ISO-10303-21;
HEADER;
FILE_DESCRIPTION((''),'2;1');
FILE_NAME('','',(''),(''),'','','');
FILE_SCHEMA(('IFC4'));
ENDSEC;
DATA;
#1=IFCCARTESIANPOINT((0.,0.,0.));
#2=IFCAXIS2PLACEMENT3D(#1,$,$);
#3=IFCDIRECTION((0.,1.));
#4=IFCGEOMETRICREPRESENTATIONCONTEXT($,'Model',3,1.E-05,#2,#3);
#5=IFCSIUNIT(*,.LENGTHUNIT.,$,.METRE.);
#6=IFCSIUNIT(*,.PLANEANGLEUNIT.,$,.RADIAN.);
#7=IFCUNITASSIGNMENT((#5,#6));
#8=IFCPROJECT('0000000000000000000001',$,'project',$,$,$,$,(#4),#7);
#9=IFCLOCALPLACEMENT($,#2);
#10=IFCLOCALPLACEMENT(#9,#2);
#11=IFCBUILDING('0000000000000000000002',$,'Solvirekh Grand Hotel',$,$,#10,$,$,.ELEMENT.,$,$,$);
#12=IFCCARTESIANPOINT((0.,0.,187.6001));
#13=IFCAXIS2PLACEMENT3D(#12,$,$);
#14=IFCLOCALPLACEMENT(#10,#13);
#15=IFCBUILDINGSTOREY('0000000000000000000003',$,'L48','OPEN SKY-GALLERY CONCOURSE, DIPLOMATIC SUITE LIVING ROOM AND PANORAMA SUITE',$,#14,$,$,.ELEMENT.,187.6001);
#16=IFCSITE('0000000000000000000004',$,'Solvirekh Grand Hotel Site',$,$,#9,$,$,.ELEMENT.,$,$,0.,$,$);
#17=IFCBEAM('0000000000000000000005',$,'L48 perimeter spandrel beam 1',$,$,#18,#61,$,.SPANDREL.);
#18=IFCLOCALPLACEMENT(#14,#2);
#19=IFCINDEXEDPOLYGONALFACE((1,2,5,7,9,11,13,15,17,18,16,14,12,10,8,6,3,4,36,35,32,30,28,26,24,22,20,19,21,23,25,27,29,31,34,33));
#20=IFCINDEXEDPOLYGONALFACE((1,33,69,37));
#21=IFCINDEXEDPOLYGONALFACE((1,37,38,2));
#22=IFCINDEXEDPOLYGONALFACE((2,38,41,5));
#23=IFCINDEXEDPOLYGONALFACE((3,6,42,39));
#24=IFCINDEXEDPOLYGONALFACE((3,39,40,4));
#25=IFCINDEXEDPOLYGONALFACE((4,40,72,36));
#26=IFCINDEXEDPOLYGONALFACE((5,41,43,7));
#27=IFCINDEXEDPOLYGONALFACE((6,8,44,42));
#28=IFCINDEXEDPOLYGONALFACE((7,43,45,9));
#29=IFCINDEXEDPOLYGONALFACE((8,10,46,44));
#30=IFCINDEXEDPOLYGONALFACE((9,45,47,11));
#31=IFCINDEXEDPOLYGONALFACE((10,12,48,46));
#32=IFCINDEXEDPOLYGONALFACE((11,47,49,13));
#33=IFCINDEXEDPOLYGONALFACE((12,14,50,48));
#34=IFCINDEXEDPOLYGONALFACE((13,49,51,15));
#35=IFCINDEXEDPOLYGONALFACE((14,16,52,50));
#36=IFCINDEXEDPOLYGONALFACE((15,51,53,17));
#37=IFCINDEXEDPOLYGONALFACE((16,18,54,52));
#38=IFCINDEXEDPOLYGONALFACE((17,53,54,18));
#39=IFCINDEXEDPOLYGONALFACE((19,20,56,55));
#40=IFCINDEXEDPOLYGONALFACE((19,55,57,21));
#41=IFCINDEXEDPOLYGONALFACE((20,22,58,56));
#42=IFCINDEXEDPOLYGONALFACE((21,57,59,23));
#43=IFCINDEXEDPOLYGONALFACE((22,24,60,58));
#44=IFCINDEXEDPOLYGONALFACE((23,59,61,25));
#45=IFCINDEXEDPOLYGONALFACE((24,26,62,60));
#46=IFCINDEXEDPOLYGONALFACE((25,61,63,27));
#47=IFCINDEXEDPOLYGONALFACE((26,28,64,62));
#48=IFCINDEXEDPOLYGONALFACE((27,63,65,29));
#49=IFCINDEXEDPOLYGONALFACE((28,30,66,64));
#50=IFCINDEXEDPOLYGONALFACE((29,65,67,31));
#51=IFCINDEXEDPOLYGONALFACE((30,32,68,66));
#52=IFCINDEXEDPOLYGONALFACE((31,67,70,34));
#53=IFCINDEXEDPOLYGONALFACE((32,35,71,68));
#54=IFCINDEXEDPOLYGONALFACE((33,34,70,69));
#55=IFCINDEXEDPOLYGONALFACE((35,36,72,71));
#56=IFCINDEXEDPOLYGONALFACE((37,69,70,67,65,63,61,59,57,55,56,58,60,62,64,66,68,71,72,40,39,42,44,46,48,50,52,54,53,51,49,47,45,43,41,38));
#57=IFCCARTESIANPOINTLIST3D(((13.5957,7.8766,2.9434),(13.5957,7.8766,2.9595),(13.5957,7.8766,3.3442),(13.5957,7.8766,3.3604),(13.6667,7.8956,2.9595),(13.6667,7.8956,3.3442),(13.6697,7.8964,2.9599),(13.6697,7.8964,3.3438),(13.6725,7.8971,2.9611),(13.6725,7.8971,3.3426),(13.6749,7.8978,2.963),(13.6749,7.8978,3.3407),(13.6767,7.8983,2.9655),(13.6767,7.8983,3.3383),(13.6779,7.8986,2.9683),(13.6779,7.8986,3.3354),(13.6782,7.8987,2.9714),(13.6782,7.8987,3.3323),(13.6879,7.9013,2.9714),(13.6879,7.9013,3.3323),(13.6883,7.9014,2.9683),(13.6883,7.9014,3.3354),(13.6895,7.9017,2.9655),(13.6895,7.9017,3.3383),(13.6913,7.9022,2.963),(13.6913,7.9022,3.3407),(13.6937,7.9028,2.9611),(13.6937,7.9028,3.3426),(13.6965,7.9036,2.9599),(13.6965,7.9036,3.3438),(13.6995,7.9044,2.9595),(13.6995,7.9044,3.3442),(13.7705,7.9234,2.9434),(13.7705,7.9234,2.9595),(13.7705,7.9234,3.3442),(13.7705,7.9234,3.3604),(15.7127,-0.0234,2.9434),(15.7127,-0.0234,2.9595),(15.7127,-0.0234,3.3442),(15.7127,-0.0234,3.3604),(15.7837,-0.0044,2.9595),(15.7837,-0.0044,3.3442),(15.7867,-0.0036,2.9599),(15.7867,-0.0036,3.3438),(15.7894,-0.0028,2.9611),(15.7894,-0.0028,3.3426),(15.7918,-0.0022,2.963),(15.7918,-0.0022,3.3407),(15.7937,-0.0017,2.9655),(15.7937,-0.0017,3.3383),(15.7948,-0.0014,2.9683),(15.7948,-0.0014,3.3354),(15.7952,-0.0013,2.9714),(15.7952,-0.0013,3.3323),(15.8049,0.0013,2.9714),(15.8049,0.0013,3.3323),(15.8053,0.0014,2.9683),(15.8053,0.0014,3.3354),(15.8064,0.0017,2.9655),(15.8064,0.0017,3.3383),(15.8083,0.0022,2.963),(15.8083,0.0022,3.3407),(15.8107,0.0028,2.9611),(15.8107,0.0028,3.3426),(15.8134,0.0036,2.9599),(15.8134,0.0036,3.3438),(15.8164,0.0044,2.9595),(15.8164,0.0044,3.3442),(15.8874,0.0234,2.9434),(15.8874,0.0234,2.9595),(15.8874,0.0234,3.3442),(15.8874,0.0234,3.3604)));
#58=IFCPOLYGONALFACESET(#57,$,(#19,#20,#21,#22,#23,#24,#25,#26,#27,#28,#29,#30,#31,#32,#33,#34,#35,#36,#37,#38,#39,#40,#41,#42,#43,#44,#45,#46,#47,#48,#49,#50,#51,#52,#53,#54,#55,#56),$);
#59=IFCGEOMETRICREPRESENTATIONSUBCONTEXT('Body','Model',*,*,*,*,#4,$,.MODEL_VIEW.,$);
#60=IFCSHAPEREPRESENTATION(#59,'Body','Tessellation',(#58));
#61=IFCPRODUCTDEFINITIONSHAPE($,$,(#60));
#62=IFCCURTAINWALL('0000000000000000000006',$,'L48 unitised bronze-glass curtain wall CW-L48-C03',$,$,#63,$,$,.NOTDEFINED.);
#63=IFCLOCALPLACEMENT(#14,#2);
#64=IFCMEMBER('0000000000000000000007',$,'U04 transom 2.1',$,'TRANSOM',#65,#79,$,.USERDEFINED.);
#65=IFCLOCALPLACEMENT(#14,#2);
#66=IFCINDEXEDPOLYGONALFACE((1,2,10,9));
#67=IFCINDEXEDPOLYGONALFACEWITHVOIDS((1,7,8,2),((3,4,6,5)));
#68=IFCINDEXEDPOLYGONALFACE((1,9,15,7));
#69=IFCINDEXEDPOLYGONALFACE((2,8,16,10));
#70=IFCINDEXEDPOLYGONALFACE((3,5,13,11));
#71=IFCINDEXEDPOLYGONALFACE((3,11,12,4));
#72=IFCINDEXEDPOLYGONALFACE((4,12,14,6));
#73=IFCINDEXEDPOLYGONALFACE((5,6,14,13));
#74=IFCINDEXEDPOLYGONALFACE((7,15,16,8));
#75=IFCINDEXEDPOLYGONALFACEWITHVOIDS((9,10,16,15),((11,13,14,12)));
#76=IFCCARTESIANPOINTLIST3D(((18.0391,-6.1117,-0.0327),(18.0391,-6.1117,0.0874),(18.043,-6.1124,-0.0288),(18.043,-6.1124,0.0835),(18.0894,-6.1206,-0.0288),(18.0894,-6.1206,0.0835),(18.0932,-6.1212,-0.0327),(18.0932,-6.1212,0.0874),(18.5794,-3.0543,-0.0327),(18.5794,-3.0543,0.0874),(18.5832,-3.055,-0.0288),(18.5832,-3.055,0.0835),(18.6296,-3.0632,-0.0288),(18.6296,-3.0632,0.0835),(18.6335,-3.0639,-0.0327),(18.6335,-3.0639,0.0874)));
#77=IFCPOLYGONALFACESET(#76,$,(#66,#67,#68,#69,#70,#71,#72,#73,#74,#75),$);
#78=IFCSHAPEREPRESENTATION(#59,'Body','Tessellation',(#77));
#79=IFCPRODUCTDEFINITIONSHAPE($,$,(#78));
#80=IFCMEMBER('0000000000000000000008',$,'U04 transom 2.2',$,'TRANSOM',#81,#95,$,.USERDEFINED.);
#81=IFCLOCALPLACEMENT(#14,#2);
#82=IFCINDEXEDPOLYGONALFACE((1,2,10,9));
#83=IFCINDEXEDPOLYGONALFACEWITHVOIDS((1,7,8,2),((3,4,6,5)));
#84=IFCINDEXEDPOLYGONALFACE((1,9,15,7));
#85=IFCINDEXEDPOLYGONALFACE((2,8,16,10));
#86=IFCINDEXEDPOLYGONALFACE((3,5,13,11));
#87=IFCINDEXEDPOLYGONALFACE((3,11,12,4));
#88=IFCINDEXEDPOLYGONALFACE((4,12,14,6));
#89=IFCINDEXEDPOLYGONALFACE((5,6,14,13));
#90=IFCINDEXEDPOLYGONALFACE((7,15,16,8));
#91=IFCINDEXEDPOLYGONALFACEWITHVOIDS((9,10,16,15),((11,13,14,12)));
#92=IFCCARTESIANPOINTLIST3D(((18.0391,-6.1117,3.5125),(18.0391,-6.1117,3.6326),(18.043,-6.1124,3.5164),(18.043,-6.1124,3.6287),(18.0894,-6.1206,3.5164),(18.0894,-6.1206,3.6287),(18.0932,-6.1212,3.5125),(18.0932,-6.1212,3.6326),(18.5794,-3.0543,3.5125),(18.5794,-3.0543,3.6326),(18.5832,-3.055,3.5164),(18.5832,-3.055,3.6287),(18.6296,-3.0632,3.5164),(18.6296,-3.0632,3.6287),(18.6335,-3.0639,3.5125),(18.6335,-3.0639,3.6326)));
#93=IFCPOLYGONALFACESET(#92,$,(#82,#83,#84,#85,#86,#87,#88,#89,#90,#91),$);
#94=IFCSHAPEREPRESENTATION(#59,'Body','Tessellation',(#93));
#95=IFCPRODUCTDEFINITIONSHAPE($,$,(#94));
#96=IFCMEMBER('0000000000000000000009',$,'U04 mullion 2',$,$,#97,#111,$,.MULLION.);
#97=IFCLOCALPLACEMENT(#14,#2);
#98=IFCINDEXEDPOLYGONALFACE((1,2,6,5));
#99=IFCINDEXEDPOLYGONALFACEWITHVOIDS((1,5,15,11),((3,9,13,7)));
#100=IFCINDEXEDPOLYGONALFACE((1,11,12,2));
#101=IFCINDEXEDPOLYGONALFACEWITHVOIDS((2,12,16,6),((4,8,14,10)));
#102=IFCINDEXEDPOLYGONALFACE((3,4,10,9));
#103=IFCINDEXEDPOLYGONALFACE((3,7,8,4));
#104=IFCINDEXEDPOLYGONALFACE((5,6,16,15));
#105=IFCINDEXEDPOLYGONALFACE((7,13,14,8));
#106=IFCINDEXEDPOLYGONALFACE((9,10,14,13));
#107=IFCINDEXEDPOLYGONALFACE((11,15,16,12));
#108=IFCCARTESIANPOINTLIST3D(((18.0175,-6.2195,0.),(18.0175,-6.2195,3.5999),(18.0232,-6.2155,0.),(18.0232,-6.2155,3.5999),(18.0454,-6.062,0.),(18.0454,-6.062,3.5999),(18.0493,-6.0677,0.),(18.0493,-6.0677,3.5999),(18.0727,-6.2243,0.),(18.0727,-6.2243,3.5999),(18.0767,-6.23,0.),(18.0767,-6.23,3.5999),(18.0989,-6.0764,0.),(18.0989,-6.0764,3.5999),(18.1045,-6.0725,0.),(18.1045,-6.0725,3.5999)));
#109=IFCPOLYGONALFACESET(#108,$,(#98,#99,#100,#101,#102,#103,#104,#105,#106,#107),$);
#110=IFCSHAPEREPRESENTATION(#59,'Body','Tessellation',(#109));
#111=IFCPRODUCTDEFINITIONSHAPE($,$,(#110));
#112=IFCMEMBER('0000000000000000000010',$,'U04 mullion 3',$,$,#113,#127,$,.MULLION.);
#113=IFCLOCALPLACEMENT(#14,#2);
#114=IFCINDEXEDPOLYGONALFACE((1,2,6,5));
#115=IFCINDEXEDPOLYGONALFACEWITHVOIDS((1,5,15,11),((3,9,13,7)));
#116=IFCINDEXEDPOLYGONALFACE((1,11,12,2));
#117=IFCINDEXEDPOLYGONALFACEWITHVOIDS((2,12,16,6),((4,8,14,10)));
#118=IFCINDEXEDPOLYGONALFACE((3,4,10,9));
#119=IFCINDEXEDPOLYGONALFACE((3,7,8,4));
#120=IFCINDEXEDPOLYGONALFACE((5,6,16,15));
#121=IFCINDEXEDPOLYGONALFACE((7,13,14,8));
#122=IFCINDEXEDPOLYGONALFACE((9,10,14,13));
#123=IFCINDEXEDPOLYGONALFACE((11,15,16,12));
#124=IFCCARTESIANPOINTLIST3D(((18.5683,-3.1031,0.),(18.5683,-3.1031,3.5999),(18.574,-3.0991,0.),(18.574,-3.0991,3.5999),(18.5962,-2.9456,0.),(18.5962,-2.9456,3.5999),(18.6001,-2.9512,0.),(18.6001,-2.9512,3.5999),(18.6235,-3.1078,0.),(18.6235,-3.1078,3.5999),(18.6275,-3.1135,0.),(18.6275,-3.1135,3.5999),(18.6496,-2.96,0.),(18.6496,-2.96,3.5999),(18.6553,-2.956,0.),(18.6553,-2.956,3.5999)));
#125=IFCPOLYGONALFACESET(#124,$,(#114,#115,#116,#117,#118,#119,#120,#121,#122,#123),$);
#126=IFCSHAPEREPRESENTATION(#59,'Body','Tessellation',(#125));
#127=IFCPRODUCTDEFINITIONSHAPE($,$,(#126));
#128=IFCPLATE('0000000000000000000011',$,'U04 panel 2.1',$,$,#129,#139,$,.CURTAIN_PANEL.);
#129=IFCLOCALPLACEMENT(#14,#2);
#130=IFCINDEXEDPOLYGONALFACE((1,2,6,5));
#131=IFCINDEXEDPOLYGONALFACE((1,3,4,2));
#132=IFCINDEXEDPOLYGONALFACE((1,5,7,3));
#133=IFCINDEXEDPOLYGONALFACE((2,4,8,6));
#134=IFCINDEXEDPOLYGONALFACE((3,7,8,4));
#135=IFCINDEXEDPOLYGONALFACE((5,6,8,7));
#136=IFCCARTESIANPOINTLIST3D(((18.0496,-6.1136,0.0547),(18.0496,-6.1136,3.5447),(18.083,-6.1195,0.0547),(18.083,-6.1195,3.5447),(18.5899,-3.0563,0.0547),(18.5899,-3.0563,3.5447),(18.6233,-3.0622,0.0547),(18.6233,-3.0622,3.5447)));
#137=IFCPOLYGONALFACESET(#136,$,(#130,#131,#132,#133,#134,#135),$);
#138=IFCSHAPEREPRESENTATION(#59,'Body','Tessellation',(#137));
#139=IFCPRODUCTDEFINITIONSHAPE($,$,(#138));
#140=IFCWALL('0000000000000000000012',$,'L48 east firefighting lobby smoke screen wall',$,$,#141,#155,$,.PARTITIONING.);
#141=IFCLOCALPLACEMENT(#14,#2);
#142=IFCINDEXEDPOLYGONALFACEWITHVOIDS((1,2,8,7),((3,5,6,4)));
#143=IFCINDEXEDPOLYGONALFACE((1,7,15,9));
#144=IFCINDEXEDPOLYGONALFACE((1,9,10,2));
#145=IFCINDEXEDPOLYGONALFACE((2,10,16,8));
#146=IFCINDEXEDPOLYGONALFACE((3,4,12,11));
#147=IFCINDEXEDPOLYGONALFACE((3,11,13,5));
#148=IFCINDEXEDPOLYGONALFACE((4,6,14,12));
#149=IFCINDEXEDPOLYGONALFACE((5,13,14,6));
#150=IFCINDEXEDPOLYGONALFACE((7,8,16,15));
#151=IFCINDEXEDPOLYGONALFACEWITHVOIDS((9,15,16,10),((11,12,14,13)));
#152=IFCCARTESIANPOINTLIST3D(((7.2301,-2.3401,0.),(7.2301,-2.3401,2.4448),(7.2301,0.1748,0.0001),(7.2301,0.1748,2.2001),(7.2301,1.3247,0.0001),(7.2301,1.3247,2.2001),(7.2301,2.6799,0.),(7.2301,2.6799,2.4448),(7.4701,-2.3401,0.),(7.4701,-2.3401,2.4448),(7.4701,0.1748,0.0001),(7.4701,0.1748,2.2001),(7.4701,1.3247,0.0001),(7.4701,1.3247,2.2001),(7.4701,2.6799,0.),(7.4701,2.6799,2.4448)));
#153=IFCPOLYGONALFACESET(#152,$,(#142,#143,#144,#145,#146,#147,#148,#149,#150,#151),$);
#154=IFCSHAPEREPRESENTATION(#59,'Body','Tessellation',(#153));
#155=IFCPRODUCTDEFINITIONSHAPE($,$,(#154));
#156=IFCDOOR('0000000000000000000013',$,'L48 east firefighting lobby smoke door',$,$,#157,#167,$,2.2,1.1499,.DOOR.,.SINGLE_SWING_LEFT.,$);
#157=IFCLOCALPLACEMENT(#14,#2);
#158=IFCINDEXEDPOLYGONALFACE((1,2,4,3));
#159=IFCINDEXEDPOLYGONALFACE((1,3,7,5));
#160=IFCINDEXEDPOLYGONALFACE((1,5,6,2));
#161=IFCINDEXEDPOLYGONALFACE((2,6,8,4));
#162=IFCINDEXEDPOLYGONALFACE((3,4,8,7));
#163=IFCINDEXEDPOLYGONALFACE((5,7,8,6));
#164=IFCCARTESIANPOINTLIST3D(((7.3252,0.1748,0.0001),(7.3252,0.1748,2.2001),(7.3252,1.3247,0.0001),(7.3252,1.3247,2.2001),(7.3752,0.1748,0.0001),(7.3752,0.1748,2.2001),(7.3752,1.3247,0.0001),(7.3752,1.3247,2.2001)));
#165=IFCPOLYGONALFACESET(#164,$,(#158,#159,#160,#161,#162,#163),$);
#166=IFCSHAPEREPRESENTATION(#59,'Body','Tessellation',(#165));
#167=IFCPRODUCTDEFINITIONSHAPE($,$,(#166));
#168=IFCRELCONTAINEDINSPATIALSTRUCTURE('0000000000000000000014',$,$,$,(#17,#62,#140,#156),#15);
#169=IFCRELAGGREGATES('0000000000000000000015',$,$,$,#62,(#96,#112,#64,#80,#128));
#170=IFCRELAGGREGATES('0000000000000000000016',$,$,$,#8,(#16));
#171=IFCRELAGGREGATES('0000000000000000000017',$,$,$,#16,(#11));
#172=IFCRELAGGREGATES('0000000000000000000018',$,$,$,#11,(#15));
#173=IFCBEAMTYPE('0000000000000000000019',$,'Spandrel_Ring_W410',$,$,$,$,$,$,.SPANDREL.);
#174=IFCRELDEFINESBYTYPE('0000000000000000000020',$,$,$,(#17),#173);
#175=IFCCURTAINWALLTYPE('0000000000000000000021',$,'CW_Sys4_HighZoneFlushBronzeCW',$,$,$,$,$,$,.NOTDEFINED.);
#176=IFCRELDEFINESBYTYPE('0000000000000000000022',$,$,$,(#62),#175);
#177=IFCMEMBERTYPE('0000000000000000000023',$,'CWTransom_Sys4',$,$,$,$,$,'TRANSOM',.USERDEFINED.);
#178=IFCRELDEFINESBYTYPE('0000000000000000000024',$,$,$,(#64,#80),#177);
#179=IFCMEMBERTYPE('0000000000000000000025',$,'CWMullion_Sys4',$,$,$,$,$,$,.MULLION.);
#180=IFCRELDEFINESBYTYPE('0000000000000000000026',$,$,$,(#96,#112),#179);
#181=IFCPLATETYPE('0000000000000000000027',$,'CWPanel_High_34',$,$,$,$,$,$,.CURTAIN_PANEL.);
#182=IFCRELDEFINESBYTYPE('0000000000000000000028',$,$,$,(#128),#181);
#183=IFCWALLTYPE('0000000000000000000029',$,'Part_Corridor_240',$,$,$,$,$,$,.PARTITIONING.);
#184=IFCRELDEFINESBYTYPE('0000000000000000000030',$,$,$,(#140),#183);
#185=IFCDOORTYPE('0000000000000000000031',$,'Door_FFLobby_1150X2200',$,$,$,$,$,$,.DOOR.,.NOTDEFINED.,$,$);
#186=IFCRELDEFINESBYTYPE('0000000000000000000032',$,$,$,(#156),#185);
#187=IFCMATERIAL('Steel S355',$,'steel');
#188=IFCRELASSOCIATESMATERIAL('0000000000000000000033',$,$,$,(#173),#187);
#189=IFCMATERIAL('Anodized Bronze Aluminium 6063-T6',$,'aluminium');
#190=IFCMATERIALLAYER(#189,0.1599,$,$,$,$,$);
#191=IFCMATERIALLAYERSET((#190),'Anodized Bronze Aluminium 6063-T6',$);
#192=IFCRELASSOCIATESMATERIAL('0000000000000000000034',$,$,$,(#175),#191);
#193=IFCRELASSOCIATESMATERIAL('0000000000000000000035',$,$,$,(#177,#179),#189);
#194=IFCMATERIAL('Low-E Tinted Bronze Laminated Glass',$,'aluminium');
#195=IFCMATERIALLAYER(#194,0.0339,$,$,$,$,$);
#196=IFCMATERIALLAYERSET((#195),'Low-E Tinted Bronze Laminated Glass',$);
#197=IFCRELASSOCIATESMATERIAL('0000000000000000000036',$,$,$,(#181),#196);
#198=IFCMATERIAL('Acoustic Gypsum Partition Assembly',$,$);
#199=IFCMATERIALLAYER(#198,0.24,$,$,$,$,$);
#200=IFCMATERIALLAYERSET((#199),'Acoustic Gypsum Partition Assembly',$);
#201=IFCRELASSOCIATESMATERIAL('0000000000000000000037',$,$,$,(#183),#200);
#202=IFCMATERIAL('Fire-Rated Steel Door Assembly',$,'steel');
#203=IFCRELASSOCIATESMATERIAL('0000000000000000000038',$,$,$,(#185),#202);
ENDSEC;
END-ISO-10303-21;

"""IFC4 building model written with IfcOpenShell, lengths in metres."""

from ifc_helpers import new_model, si_unit, direction, frame, frame_2d, origin, origin_2d, place, context, subcontext, project, spatial, rectangle, hollow_rectangle, i_section, extrude, source, transform, mapped, material, layer, layer_set, material_profile, profile_set, type_object, element, fill, aggregate, save


model = new_model("IFC4")

# Units and contexts
model_context = context("Model", 3, precision=1e-05, world=origin(), true_north=direction((0.0, 1.0)))
body_context = subcontext(model_context, "Body", "Model", "MODEL_VIEW")
ifc_project = project(units=[si_unit("LENGTHUNIT", "METRE"), si_unit("PLANEANGLEUNIT", "RADIAN")], contexts=[model_context])

# Site, building, storey
site_placement = place(None, origin())
site = spatial("IfcSite", under=ifc_project, at=site_placement, Name="Solvirekh Grand Hotel Site", CompositionType="ELEMENT", RefElevation=0.0)
building_placement = place(site_placement, origin())
building = spatial("IfcBuilding", under=site, at=building_placement, Name="Solvirekh Grand Hotel", CompositionType="ELEMENT")
storey_placement = place(building_placement, frame((0.0, 0.0, 187.6001)))
storey = spatial("IfcBuildingStorey", under=building, at=storey_placement, Name="L48", Description="OPEN SKY-GALLERY CONCOURSE, DIPLOMATIC SUITE LIVING ROOM AND PANORAMA SUITE", CompositionType="ELEMENT", Elevation=187.6001)

# Beam
ifc_material_1 = material(Name="Steel S355", Category="steel")
ifc_material_profile_1 = material_profile(ifc_material_1, i_section(OverallWidth=0.1809, OverallDepth=0.417, WebThickness=0.01, FlangeThickness=0.0161, FilletRadius=0.012, at=origin_2d()), Name="W410X85")
ifc_profile_set_1 = profile_set([ifc_material_profile_1], Name="Steel S355")
beam_type_1 = type_object("IfcBeamType", Name="Spandrel_Ring_W410", PredefinedType="SPANDREL", material=ifc_profile_set_1)
beam_1_placement = place(storey_placement, frame((15.8, 0.0, 3.1519), z_axis=(-0.258839, 0.965921, 0.0), x_axis=(-0.965921, -0.258839, 0.0)))
element("IfcBeam", 1, at=beam_1_placement, inside=storey, type_object=beam_type_1, Name="L48 perimeter spandrel beam 1", PredefinedType="SPANDREL", context=body_context, shape_type="SweptSolid", body=[
    extrude(i_section(OverallWidth=0.1809, OverallDepth=0.417, WebThickness=0.01, FlangeThickness=0.0161, FilletRadius=0.012, at=origin_2d()), origin(), (0.0, 0.0, 1.0), 8.1787),
])

# Curtain wall, members, plate
ifc_material_2 = material(Name="Anodized Bronze Aluminium 6063-T6", Category="aluminium")
ifc_layer_1 = layer(ifc_material_2, 0.1599)
ifc_layer_set_1 = layer_set([ifc_layer_1], Name="Anodized Bronze Aluminium 6063-T6")
curtain_wall_type = type_object("IfcCurtainWallType", Name="CW_Sys4_HighZoneFlushBronzeCW", PredefinedType="NOTDEFINED", material=ifc_layer_set_1)
curtain_wall_placement = place(storey_placement, origin())
curtain_wall = element("IfcCurtainWall", 2, at=curtain_wall_placement, inside=storey, type_object=curtain_wall_type, Name="L48 unitised bronze-glass curtain wall CW-L48-C03", PredefinedType="NOTDEFINED")
ifc_material_profile_2 = material_profile(ifc_material_2, hollow_rectangle(XDim=0.0549, YDim=0.1201, WallThickness=0.0039, at=origin_2d()), Name="ALU RHS 120X55X4")
ifc_profile_set_2 = profile_set([ifc_material_profile_2], Name="Anodized Bronze Aluminium 6063-T6")
member_type_1 = type_object("IfcMemberType", Name="CWTransom_Sys4", ElementType="TRANSOM", PredefinedType="USERDEFINED", material=ifc_profile_set_2)
shared_shape_1 = source(origin(), body_context, "Body", "SweptSolid", [
    extrude(hollow_rectangle(XDim=0.0549, YDim=0.1201, WallThickness=0.0039, at=origin_2d()), origin(), (0.0, 0.0, 1.0), 3.1047),
])
member_1_placement = place(storey_placement, frame((18.0662, -6.1165, 0.0273), z_axis=(0.174019, 0.984742, 0.0), x_axis=(-0.984742, 0.174019, 0.0)))
member_1 = element("IfcMember", 3, at=member_1_placement, type_object=member_type_1, Name="U04 transom 2.1", ObjectType="TRANSOM", PredefinedType="USERDEFINED", context=body_context, shape_type="MappedRepresentation", body=[
    mapped(shared_shape_1, transform((0.0, 0.0, 0.0), x_axis=(1.0, 0.0, 0.0), y_axis=(0.0, 1.0, 0.0), z_axis=(0.0, 0.0, 1.0), scale=1.0)),
])
member_2_placement = place(storey_placement, frame((18.0662, -6.1165, 3.5725), z_axis=(0.174019, 0.984742, 0.0), x_axis=(-0.984742, 0.174019, 0.0)))
member_2 = element("IfcMember", 4, at=member_2_placement, type_object=member_type_1, Name="U04 transom 2.2", ObjectType="TRANSOM", PredefinedType="USERDEFINED", context=body_context, shape_type="MappedRepresentation", body=[
    mapped(shared_shape_1, transform((0.0, 0.0, 0.0), x_axis=(1.0, 0.0, 0.0), y_axis=(0.0, 1.0, 0.0), z_axis=(0.0, 0.0, 1.0), scale=1.0)),
])
ifc_material_profile_3 = material_profile(ifc_material_2, hollow_rectangle(XDim=0.0601, YDim=0.1599, WallThickness=0.0049, at=origin_2d()), Name="ALU RHS 160X60X5")
ifc_profile_set_3 = profile_set([ifc_material_profile_3], Name="Anodized Bronze Aluminium 6063-T6")
member_type_2 = type_object("IfcMemberType", Name="CWMullion_Sys4", PredefinedType="MULLION", material=ifc_profile_set_3)
shared_shape_2 = source(origin(), body_context, "Body", "SweptSolid", [
    extrude(hollow_rectangle(XDim=0.0601, YDim=0.1599, WallThickness=0.0049, at=origin_2d()), origin(), (0.0, 0.0, 1.0), 3.5999),
])
member_3_placement = place(storey_placement, frame((18.061, -6.146, 0.0), z_axis=(0.0, 0.0, 1.0), x_axis=(-0.984739, 0.174035, 0.0)))
member_3 = element("IfcMember", 5, at=member_3_placement, type_object=member_type_2, Name="U04 mullion 2", PredefinedType="MULLION", context=body_context, shape_type="MappedRepresentation", body=[
    mapped(shared_shape_2, transform((0.0, 0.0, 0.0), x_axis=(1.0, 0.0, 0.0), y_axis=(0.0, 1.0, 0.0), z_axis=(0.0, 0.0, 1.0), scale=1.0)),
])
member_4_placement = place(storey_placement, frame((18.6118, -3.0295, 0.0), z_axis=(0.0, 0.0, 1.0), x_axis=(-0.984739, 0.174035, 0.0)))
member_4 = element("IfcMember", 6, at=member_4_placement, type_object=member_type_2, Name="U04 mullion 3", PredefinedType="MULLION", context=body_context, shape_type="MappedRepresentation", body=[
    mapped(shared_shape_2, transform((0.0, 0.0, 0.0), x_axis=(1.0, 0.0, 0.0), y_axis=(0.0, 1.0, 0.0), z_axis=(0.0, 0.0, 1.0), scale=1.0)),
])
ifc_material_3 = material(Name="Low-E Tinted Bronze Laminated Glass", Category="aluminium")
ifc_layer_2 = layer(ifc_material_3, 0.0339)
ifc_layer_set_2 = layer_set([ifc_layer_2], Name="Low-E Tinted Bronze Laminated Glass")
plate_type = type_object("IfcPlateType", Name="CWPanel_High_34", PredefinedType="CURTAIN_PANEL", material=ifc_layer_set_2)
shared_shape_3 = source(origin(), body_context, "Body", "SweptSolid", [
    extrude(rectangle(XDim=3.1047, YDim=0.0339, at=origin_2d()), origin(), (0.0, 0.0, 1.0), 3.49),
])
plate_placement = place(storey_placement, frame((18.3364, -4.5879, 0.0547), z_axis=(0.0, 0.0, 1.0), x_axis=(0.174035, 0.984739, 0.0)))
plate = element("IfcPlate", 7, at=plate_placement, type_object=plate_type, Name="U04 panel 2.1", PredefinedType="CURTAIN_PANEL", context=body_context, shape_type="MappedRepresentation", body=[
    mapped(shared_shape_3, transform((0.0, 0.0, 0.0), x_axis=(1.0, 0.0, 0.0), y_axis=(0.0, 1.0, 0.0), z_axis=(0.0, 0.0, 1.0), scale=1.0)),
])
aggregate(curtain_wall, [member_3, member_4, member_1, member_2, plate])

# Wall, opening, door
ifc_material_4 = material(Name="Acoustic Gypsum Partition Assembly")
ifc_layer_3 = layer(ifc_material_4, 0.24)
ifc_layer_set_3 = layer_set([ifc_layer_3], Name="Acoustic Gypsum Partition Assembly")
wall_type_1 = type_object("IfcWallType", Name="Part_Corridor_240", PredefinedType="PARTITIONING", material=ifc_layer_set_3)
wall_1_placement = place(storey_placement, frame((7.3501, -2.3401, 0.0), z_axis=(0.0, 0.0, 1.0), x_axis=(0.0, 1.0, 0.0)))
wall_1 = element("IfcWall", 8, at=wall_1_placement, inside=storey, type_object=wall_type_1, Name="L48 east firefighting lobby smoke screen wall", PredefinedType="PARTITIONING", context=body_context, shape_type="SweptSolid", body=[
    extrude(rectangle(XDim=5.02, YDim=0.24, at=frame_2d((2.51, 0.0))), origin(), (0.0, 0.0, 1.0), 2.4448),
])
opening_1_placement = place(wall_1_placement, frame((2.5149, 0.0, 0.0)))
opening_1 = element("IfcOpeningElement", 9, at=opening_1_placement, cuts=wall_1, PredefinedType="OPENING", context=body_context, shape_type="SweptSolid", body=[
    extrude(rectangle(XDim=1.1499, YDim=2.2, at=frame_2d((0.575, 1.1001))), frame((0.0, 0.1299, 0.0), z_axis=(0.0, -1.0, 0.0), x_axis=(1.0, 0.0, 0.0)), (0.0, 0.0, 1.0), 0.26),
])
ifc_material_5 = material(Name="Fire-Rated Steel Door Assembly", Category="steel")
door_type_1 = type_object("IfcDoorType", Name="Door_FFLobby_1150X2200", OperationType="NOTDEFINED", PredefinedType="DOOR", material=ifc_material_5)
door_1_placement = place(opening_1_placement, origin())
door_1 = element("IfcDoor", 10, at=door_1_placement, inside=storey, type_object=door_type_1, Name="L48 east firefighting lobby smoke door", OperationType="SINGLE_SWING_LEFT", OverallHeight=2.2, OverallWidth=1.1499, PredefinedType="DOOR", context=body_context, shape_type="SweptSolid", body=[
    extrude(rectangle(XDim=1.1499, YDim=2.2, at=frame_2d((0.575, 1.1001))), frame((0.0, 0.0249, 0.0), z_axis=(0.0, -1.0, 0.0), x_axis=(1.0, 0.0, 0.0)), (0.0, 0.0, 1.0), 0.05),
])
fill(opening_1, door_1)

save(model, "model.ifc")
